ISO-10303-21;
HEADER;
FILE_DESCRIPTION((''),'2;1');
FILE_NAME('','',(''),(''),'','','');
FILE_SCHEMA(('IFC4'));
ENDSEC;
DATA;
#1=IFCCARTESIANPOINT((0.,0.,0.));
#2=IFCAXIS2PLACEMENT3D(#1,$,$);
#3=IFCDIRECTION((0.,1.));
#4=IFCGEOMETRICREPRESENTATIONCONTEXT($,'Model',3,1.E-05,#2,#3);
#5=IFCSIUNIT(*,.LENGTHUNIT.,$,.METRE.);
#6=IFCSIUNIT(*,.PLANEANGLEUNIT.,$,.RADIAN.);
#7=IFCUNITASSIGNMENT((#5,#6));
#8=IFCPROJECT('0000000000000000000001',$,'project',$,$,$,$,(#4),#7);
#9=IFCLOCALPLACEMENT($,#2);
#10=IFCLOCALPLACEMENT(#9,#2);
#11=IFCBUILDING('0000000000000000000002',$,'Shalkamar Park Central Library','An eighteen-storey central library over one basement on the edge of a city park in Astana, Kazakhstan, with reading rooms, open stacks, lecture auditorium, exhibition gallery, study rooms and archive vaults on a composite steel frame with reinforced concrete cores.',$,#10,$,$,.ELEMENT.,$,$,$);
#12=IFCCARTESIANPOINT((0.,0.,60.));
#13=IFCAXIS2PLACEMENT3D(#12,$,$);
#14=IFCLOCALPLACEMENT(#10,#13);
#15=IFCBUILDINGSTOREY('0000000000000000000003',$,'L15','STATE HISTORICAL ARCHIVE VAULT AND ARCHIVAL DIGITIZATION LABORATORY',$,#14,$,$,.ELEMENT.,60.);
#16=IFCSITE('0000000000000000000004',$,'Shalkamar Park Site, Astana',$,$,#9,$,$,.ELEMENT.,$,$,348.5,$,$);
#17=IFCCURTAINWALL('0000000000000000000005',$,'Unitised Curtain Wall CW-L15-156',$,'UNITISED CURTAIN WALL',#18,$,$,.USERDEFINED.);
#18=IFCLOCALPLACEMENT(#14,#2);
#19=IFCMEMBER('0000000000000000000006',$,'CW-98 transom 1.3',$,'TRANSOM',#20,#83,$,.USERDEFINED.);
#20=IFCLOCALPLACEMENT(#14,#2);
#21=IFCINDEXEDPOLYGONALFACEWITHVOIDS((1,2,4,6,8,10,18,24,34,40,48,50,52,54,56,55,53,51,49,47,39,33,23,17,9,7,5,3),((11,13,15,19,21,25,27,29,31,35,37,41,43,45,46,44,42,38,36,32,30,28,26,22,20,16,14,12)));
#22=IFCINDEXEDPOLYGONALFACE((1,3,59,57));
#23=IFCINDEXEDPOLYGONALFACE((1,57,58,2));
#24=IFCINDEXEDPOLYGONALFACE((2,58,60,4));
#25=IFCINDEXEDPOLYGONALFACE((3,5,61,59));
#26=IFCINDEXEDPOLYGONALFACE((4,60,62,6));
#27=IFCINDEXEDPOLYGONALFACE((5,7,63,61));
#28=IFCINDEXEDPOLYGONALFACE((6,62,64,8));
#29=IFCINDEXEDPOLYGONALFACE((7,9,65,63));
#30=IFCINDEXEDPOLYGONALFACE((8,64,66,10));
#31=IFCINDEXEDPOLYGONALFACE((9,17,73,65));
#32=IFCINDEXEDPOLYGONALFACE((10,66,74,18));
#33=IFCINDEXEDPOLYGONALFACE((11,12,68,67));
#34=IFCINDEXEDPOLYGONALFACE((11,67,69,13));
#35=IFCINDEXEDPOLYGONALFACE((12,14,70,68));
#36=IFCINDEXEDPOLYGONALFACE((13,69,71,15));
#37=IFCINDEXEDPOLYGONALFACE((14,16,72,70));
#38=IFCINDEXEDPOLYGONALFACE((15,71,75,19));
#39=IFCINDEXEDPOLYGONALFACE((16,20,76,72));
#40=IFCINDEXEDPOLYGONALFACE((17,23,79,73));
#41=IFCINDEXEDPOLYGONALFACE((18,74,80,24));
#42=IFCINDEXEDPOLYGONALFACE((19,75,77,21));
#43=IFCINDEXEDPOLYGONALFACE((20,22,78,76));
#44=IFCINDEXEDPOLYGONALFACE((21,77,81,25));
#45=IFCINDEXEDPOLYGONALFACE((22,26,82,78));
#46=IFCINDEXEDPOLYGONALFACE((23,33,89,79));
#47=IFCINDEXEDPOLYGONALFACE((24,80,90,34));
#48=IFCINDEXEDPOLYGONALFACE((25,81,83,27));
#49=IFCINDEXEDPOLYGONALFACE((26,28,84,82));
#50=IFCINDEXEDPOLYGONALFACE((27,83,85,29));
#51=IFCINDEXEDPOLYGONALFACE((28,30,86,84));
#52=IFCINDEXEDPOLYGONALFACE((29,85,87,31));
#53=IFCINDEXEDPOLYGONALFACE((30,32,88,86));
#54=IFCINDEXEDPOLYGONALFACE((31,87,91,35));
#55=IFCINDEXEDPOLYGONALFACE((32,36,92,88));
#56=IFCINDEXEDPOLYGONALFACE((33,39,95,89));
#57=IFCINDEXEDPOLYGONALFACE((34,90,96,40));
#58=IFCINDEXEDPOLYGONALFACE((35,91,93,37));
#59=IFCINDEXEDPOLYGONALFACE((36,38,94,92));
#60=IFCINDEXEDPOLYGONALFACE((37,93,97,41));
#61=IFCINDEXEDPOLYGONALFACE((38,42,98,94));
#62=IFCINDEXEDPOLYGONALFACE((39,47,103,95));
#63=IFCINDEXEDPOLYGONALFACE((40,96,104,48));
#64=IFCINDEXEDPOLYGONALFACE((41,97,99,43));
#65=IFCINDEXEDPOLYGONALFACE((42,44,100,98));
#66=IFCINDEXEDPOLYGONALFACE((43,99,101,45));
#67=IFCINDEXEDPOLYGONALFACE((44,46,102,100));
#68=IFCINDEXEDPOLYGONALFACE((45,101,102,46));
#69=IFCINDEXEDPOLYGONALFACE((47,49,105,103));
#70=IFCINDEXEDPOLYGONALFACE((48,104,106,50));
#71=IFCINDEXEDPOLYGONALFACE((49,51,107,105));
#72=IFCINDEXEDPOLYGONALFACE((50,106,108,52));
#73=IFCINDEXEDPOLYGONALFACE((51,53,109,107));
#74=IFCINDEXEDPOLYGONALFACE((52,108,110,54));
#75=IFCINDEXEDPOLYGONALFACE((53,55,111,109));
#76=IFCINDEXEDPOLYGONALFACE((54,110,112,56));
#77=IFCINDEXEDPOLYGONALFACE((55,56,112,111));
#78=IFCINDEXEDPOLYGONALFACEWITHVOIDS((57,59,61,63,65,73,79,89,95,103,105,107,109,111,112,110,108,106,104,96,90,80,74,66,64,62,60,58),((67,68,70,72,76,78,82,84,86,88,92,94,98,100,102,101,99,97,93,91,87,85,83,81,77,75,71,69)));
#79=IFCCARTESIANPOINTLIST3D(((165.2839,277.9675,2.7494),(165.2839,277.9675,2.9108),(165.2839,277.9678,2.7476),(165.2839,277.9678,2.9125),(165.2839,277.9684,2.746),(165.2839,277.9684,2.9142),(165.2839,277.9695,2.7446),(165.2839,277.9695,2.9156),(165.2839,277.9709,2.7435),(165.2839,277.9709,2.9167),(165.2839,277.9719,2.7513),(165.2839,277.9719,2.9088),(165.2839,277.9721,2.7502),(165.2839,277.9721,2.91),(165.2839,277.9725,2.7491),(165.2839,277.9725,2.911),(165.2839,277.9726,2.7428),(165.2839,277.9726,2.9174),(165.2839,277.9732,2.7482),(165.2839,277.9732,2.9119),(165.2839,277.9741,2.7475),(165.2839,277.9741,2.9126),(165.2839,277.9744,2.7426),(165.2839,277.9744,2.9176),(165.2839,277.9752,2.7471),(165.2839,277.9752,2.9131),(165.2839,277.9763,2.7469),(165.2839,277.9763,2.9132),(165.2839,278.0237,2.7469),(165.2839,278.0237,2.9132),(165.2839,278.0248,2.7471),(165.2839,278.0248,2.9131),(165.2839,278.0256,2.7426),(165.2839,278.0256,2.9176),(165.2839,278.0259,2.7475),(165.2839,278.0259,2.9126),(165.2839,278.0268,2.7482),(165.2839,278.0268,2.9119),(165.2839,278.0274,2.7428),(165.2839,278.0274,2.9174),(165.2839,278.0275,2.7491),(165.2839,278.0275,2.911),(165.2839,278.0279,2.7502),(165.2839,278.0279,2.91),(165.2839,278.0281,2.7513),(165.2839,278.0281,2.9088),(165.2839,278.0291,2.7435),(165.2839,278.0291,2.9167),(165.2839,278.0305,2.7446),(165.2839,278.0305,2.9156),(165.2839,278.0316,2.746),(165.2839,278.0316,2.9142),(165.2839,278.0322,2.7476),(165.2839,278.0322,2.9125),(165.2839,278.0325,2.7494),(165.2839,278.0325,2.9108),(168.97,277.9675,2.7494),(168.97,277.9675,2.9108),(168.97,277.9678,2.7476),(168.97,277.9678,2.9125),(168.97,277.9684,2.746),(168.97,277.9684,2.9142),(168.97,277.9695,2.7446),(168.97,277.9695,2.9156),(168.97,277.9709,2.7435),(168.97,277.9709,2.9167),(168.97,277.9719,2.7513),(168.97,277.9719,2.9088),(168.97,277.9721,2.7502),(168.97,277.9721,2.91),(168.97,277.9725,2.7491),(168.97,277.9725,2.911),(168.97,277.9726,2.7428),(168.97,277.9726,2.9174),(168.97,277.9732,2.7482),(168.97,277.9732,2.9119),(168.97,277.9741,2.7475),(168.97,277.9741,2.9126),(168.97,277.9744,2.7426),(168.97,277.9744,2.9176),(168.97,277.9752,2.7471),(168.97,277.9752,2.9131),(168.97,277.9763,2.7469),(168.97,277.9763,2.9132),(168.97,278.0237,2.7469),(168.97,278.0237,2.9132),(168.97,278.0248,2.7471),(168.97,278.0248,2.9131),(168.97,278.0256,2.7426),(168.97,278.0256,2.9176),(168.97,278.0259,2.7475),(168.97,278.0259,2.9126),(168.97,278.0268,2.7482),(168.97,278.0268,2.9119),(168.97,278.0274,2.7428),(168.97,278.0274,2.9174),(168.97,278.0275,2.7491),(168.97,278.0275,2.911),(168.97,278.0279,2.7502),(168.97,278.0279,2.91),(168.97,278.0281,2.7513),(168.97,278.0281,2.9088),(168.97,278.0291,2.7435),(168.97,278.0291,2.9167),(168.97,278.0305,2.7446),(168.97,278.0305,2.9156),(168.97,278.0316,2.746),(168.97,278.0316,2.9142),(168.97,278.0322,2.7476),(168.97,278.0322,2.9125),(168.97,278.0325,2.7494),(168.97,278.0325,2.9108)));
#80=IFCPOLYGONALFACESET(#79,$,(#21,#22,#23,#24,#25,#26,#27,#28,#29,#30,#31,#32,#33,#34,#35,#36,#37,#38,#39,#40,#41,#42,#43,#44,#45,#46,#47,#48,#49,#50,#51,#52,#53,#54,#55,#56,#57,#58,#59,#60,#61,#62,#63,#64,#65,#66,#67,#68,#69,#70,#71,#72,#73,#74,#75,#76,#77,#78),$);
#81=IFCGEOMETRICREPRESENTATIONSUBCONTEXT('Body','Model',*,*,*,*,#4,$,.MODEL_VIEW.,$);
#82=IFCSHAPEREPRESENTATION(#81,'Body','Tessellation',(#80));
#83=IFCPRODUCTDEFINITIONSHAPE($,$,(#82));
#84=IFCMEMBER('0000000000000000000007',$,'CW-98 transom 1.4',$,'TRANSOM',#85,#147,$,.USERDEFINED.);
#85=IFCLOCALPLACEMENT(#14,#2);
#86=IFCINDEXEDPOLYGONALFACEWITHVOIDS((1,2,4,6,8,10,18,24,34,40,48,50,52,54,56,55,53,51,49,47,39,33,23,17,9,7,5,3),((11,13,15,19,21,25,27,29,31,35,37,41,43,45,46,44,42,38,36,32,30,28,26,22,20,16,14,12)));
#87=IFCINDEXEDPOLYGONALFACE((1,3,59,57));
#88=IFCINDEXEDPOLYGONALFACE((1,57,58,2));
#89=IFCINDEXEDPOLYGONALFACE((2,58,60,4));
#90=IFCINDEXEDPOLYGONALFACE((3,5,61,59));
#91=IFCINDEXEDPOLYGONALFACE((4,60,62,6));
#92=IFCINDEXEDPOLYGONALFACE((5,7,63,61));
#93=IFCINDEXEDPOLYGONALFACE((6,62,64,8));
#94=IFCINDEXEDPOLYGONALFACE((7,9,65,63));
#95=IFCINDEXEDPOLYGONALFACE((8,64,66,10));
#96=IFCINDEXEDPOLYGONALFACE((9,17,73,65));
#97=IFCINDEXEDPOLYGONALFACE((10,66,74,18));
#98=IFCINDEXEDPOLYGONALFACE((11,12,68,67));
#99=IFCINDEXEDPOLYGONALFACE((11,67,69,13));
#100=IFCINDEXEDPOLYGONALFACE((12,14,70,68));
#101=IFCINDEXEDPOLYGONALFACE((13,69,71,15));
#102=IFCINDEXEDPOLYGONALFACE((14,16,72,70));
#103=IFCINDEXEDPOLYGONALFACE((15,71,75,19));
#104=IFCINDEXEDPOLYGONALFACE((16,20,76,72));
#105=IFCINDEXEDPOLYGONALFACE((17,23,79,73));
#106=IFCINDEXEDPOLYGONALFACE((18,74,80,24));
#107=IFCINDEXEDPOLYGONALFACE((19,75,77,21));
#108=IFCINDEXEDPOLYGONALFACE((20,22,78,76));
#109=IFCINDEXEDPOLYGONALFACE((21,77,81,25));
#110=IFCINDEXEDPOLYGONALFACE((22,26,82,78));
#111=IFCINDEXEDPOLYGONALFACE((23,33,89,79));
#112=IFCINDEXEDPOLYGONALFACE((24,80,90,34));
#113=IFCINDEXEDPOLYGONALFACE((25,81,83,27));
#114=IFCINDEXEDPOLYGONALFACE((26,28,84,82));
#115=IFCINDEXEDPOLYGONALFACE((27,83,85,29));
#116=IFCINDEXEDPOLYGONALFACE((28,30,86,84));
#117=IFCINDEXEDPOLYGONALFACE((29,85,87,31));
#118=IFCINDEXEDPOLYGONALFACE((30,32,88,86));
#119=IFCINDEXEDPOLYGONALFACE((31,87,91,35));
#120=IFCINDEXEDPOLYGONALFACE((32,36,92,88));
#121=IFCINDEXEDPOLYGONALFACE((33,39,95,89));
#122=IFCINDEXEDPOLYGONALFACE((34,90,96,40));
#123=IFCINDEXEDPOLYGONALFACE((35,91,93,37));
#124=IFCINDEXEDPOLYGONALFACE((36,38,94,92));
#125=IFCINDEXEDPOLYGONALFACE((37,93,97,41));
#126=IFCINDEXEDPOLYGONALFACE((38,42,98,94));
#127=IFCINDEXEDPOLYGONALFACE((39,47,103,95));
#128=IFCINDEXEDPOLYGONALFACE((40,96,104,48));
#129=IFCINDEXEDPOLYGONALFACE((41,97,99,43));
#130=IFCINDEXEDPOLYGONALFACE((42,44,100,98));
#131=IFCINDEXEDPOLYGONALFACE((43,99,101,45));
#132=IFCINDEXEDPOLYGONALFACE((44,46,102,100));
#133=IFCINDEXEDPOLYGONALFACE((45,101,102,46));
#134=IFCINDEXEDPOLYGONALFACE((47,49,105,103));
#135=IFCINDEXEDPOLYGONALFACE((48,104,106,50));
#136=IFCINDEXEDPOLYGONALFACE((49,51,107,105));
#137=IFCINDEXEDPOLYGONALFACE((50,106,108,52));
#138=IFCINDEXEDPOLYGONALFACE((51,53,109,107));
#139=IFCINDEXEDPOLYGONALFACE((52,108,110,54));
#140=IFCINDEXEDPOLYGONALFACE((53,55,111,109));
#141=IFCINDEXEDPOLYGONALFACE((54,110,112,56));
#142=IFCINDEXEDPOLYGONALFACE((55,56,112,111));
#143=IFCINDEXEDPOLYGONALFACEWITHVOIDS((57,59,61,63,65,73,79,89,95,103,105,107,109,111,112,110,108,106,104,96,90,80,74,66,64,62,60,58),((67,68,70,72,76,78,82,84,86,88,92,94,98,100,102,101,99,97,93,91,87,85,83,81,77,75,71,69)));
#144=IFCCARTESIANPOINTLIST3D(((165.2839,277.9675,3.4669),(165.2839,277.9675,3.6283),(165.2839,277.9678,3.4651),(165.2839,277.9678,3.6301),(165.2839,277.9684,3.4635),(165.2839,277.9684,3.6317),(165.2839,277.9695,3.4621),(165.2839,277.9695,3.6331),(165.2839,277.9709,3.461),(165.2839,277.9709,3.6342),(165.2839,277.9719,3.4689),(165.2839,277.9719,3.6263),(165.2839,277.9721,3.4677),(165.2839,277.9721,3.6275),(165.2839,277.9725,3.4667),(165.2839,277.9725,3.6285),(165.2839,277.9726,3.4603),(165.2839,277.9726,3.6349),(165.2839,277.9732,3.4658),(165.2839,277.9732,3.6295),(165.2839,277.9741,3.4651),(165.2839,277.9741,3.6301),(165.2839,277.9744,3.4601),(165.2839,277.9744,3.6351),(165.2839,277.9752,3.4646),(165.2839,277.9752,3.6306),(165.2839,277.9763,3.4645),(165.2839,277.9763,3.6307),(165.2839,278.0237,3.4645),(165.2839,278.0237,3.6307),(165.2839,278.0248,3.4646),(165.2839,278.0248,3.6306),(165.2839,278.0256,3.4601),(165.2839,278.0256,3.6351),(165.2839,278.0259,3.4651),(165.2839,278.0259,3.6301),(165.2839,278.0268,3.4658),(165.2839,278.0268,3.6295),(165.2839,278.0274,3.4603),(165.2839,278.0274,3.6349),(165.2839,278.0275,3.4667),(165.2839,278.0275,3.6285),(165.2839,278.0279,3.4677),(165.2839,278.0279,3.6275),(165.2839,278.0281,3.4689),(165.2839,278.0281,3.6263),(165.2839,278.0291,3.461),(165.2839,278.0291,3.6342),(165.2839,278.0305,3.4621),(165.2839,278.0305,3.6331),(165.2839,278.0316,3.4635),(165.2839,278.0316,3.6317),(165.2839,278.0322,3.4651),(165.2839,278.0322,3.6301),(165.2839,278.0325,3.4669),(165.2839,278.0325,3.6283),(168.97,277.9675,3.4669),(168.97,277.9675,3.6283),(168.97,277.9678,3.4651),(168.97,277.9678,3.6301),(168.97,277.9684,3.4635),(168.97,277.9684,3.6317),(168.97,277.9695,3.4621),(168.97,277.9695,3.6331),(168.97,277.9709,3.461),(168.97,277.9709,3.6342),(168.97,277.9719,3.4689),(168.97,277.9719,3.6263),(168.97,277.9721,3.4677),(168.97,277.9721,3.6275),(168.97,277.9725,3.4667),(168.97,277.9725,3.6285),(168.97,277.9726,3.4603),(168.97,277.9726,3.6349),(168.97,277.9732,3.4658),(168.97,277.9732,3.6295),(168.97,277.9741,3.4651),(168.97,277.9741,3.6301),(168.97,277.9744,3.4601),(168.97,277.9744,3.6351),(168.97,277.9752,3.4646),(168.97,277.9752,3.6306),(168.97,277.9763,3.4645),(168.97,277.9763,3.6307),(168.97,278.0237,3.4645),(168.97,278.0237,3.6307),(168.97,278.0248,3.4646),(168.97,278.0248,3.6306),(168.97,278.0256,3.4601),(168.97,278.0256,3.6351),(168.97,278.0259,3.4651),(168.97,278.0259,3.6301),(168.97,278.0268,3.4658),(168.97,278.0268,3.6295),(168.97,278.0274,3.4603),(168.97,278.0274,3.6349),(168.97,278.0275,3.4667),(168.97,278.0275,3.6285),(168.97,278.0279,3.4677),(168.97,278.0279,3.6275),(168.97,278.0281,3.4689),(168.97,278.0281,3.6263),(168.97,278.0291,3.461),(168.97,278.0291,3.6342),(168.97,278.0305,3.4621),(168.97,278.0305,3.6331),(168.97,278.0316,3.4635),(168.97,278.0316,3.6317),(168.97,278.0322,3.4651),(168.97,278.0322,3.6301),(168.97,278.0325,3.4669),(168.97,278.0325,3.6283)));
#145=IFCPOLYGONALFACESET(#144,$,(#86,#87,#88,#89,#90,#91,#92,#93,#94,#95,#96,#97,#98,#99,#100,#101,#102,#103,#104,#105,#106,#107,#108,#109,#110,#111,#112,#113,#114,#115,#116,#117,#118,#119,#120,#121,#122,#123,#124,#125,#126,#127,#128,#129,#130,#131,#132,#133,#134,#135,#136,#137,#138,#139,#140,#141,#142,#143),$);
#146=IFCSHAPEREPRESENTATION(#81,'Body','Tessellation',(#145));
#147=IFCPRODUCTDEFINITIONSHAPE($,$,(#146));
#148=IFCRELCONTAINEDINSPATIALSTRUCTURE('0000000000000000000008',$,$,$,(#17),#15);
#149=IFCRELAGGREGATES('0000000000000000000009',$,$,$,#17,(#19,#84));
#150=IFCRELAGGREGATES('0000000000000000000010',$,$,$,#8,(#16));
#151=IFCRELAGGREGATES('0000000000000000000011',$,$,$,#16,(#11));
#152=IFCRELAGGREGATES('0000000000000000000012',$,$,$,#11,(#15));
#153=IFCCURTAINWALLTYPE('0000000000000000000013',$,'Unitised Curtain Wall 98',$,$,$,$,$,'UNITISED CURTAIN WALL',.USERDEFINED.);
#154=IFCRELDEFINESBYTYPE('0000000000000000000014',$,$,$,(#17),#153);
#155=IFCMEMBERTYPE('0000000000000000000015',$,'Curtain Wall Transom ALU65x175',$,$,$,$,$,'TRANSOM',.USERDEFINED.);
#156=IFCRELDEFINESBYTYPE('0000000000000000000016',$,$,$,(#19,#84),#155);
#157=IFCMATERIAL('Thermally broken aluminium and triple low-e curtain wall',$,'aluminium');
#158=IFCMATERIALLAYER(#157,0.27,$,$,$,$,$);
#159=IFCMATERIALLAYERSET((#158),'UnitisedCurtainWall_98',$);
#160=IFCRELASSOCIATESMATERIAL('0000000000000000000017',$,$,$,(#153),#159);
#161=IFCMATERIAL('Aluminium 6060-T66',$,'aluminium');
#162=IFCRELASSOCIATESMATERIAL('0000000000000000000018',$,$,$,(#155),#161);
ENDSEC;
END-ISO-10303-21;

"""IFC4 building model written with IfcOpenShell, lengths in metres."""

from ifc_helpers import new_model, si_unit, direction, frame, origin, origin_2d, place, context, subcontext, project, spatial, hollow_rectangle, extrude, material, layer, layer_set, material_profile, profile_set, type_object, element, aggregate, save


model = new_model("IFC4")

# Units and contexts
model_context = context("Model", 3, precision=1e-05, world=origin(), true_north=direction((0.0, 1.0)))
body_context = subcontext(model_context, "Body", "Model", "MODEL_VIEW")
ifc_project = project(units=[si_unit("LENGTHUNIT", "METRE"), si_unit("PLANEANGLEUNIT", "RADIAN")], contexts=[model_context])

# Site, building, storey
site_placement = place(None, origin())
site = spatial("IfcSite", under=ifc_project, at=site_placement, Name="Shalkamar Park Site, Astana", CompositionType="ELEMENT", RefElevation=348.5)
building_placement = place(site_placement, origin())
building = spatial("IfcBuilding", under=site, at=building_placement, Name="Shalkamar Park Central Library", Description="An eighteen-storey central library over one basement on the edge of a city park in Astana, Kazakhstan, with reading rooms, open stacks, lecture auditorium, exhibition gallery, study rooms and archive vaults on a composite steel frame with reinforced concrete cores.", CompositionType="ELEMENT")
storey_placement = place(building_placement, frame((0.0, 0.0, 60.0)))
storey = spatial("IfcBuildingStorey", under=building, at=storey_placement, Name="L15", Description="STATE HISTORICAL ARCHIVE VAULT AND ARCHIVAL DIGITIZATION LABORATORY", CompositionType="ELEMENT", Elevation=60.0)

# Curtain wall
ifc_material_1 = material(Name="Thermally broken aluminium and triple low-e curtain wall", Category="aluminium")
ifc_layer_1 = layer(ifc_material_1, 0.27)
ifc_layer_set_1 = layer_set([ifc_layer_1], Name="UnitisedCurtainWall_98")
curtain_wall_type_1 = type_object("IfcCurtainWallType", Name="Unitised Curtain Wall 98", ElementType="UNITISED CURTAIN WALL", PredefinedType="USERDEFINED", material=ifc_layer_set_1)
curtain_wall_1_placement = place(storey_placement, origin())
curtain_wall_1 = element("IfcCurtainWall", 1, at=curtain_wall_1_placement, inside=storey, type_object=curtain_wall_type_1, Name="Unitised Curtain Wall CW-L15-156", ObjectType="UNITISED CURTAIN WALL", PredefinedType="USERDEFINED")
ifc_material_2 = material(Name="Aluminium 6060-T66", Category="aluminium")

# Members
ifc_material_profile_1 = material_profile(ifc_material_2, hollow_rectangle(XDim=0.0649, YDim=0.175, WallThickness=0.0044, InnerFilletRadius=0.0044, OuterFilletRadius=0.0068, at=origin_2d()), Name="ALU 65x175x4.5")
ifc_profile_set_1 = profile_set([ifc_material_profile_1], Name="Aluminium 6060-T66")
member_type_1 = type_object("IfcMemberType", Name="Curtain Wall Transom ALU65x175", ElementType="TRANSOM", PredefinedType="USERDEFINED", material=ifc_profile_set_1)
member_1_placement = place(storey_placement, frame((165.2839, 278.0, 2.8301), z_axis=(1.0, 0.0, 0.0), x_axis=(0.0, 1.0, 0.0)))
member_1 = element("IfcMember", 2, at=member_1_placement, type_object=member_type_1, Name="CW-98 transom 1.3", ObjectType="TRANSOM", PredefinedType="USERDEFINED", context=body_context, shape_type="SweptSolid", body=[
    extrude(hollow_rectangle(XDim=0.0649, YDim=0.175, WallThickness=0.0044, InnerFilletRadius=0.0044, OuterFilletRadius=0.0068, at=origin_2d()), origin(), (0.0, 0.0, 1.0), 3.686),
])
member_2_placement = place(storey_placement, frame((165.2839, 278.0, 3.5476), z_axis=(1.0, 0.0, 0.0), x_axis=(0.0, 1.0, 0.0)))
member_2 = element("IfcMember", 3, at=member_2_placement, type_object=member_type_1, Name="CW-98 transom 1.4", ObjectType="TRANSOM", PredefinedType="USERDEFINED", context=body_context, shape_type="SweptSolid", body=[
    extrude(hollow_rectangle(XDim=0.0649, YDim=0.175, WallThickness=0.0044, InnerFilletRadius=0.0044, OuterFilletRadius=0.0068, at=origin_2d()), origin(), (0.0, 0.0, 1.0), 3.686),
])

aggregate(curtain_wall_1, [member_1, member_2])

save(model, "model.ifc")
